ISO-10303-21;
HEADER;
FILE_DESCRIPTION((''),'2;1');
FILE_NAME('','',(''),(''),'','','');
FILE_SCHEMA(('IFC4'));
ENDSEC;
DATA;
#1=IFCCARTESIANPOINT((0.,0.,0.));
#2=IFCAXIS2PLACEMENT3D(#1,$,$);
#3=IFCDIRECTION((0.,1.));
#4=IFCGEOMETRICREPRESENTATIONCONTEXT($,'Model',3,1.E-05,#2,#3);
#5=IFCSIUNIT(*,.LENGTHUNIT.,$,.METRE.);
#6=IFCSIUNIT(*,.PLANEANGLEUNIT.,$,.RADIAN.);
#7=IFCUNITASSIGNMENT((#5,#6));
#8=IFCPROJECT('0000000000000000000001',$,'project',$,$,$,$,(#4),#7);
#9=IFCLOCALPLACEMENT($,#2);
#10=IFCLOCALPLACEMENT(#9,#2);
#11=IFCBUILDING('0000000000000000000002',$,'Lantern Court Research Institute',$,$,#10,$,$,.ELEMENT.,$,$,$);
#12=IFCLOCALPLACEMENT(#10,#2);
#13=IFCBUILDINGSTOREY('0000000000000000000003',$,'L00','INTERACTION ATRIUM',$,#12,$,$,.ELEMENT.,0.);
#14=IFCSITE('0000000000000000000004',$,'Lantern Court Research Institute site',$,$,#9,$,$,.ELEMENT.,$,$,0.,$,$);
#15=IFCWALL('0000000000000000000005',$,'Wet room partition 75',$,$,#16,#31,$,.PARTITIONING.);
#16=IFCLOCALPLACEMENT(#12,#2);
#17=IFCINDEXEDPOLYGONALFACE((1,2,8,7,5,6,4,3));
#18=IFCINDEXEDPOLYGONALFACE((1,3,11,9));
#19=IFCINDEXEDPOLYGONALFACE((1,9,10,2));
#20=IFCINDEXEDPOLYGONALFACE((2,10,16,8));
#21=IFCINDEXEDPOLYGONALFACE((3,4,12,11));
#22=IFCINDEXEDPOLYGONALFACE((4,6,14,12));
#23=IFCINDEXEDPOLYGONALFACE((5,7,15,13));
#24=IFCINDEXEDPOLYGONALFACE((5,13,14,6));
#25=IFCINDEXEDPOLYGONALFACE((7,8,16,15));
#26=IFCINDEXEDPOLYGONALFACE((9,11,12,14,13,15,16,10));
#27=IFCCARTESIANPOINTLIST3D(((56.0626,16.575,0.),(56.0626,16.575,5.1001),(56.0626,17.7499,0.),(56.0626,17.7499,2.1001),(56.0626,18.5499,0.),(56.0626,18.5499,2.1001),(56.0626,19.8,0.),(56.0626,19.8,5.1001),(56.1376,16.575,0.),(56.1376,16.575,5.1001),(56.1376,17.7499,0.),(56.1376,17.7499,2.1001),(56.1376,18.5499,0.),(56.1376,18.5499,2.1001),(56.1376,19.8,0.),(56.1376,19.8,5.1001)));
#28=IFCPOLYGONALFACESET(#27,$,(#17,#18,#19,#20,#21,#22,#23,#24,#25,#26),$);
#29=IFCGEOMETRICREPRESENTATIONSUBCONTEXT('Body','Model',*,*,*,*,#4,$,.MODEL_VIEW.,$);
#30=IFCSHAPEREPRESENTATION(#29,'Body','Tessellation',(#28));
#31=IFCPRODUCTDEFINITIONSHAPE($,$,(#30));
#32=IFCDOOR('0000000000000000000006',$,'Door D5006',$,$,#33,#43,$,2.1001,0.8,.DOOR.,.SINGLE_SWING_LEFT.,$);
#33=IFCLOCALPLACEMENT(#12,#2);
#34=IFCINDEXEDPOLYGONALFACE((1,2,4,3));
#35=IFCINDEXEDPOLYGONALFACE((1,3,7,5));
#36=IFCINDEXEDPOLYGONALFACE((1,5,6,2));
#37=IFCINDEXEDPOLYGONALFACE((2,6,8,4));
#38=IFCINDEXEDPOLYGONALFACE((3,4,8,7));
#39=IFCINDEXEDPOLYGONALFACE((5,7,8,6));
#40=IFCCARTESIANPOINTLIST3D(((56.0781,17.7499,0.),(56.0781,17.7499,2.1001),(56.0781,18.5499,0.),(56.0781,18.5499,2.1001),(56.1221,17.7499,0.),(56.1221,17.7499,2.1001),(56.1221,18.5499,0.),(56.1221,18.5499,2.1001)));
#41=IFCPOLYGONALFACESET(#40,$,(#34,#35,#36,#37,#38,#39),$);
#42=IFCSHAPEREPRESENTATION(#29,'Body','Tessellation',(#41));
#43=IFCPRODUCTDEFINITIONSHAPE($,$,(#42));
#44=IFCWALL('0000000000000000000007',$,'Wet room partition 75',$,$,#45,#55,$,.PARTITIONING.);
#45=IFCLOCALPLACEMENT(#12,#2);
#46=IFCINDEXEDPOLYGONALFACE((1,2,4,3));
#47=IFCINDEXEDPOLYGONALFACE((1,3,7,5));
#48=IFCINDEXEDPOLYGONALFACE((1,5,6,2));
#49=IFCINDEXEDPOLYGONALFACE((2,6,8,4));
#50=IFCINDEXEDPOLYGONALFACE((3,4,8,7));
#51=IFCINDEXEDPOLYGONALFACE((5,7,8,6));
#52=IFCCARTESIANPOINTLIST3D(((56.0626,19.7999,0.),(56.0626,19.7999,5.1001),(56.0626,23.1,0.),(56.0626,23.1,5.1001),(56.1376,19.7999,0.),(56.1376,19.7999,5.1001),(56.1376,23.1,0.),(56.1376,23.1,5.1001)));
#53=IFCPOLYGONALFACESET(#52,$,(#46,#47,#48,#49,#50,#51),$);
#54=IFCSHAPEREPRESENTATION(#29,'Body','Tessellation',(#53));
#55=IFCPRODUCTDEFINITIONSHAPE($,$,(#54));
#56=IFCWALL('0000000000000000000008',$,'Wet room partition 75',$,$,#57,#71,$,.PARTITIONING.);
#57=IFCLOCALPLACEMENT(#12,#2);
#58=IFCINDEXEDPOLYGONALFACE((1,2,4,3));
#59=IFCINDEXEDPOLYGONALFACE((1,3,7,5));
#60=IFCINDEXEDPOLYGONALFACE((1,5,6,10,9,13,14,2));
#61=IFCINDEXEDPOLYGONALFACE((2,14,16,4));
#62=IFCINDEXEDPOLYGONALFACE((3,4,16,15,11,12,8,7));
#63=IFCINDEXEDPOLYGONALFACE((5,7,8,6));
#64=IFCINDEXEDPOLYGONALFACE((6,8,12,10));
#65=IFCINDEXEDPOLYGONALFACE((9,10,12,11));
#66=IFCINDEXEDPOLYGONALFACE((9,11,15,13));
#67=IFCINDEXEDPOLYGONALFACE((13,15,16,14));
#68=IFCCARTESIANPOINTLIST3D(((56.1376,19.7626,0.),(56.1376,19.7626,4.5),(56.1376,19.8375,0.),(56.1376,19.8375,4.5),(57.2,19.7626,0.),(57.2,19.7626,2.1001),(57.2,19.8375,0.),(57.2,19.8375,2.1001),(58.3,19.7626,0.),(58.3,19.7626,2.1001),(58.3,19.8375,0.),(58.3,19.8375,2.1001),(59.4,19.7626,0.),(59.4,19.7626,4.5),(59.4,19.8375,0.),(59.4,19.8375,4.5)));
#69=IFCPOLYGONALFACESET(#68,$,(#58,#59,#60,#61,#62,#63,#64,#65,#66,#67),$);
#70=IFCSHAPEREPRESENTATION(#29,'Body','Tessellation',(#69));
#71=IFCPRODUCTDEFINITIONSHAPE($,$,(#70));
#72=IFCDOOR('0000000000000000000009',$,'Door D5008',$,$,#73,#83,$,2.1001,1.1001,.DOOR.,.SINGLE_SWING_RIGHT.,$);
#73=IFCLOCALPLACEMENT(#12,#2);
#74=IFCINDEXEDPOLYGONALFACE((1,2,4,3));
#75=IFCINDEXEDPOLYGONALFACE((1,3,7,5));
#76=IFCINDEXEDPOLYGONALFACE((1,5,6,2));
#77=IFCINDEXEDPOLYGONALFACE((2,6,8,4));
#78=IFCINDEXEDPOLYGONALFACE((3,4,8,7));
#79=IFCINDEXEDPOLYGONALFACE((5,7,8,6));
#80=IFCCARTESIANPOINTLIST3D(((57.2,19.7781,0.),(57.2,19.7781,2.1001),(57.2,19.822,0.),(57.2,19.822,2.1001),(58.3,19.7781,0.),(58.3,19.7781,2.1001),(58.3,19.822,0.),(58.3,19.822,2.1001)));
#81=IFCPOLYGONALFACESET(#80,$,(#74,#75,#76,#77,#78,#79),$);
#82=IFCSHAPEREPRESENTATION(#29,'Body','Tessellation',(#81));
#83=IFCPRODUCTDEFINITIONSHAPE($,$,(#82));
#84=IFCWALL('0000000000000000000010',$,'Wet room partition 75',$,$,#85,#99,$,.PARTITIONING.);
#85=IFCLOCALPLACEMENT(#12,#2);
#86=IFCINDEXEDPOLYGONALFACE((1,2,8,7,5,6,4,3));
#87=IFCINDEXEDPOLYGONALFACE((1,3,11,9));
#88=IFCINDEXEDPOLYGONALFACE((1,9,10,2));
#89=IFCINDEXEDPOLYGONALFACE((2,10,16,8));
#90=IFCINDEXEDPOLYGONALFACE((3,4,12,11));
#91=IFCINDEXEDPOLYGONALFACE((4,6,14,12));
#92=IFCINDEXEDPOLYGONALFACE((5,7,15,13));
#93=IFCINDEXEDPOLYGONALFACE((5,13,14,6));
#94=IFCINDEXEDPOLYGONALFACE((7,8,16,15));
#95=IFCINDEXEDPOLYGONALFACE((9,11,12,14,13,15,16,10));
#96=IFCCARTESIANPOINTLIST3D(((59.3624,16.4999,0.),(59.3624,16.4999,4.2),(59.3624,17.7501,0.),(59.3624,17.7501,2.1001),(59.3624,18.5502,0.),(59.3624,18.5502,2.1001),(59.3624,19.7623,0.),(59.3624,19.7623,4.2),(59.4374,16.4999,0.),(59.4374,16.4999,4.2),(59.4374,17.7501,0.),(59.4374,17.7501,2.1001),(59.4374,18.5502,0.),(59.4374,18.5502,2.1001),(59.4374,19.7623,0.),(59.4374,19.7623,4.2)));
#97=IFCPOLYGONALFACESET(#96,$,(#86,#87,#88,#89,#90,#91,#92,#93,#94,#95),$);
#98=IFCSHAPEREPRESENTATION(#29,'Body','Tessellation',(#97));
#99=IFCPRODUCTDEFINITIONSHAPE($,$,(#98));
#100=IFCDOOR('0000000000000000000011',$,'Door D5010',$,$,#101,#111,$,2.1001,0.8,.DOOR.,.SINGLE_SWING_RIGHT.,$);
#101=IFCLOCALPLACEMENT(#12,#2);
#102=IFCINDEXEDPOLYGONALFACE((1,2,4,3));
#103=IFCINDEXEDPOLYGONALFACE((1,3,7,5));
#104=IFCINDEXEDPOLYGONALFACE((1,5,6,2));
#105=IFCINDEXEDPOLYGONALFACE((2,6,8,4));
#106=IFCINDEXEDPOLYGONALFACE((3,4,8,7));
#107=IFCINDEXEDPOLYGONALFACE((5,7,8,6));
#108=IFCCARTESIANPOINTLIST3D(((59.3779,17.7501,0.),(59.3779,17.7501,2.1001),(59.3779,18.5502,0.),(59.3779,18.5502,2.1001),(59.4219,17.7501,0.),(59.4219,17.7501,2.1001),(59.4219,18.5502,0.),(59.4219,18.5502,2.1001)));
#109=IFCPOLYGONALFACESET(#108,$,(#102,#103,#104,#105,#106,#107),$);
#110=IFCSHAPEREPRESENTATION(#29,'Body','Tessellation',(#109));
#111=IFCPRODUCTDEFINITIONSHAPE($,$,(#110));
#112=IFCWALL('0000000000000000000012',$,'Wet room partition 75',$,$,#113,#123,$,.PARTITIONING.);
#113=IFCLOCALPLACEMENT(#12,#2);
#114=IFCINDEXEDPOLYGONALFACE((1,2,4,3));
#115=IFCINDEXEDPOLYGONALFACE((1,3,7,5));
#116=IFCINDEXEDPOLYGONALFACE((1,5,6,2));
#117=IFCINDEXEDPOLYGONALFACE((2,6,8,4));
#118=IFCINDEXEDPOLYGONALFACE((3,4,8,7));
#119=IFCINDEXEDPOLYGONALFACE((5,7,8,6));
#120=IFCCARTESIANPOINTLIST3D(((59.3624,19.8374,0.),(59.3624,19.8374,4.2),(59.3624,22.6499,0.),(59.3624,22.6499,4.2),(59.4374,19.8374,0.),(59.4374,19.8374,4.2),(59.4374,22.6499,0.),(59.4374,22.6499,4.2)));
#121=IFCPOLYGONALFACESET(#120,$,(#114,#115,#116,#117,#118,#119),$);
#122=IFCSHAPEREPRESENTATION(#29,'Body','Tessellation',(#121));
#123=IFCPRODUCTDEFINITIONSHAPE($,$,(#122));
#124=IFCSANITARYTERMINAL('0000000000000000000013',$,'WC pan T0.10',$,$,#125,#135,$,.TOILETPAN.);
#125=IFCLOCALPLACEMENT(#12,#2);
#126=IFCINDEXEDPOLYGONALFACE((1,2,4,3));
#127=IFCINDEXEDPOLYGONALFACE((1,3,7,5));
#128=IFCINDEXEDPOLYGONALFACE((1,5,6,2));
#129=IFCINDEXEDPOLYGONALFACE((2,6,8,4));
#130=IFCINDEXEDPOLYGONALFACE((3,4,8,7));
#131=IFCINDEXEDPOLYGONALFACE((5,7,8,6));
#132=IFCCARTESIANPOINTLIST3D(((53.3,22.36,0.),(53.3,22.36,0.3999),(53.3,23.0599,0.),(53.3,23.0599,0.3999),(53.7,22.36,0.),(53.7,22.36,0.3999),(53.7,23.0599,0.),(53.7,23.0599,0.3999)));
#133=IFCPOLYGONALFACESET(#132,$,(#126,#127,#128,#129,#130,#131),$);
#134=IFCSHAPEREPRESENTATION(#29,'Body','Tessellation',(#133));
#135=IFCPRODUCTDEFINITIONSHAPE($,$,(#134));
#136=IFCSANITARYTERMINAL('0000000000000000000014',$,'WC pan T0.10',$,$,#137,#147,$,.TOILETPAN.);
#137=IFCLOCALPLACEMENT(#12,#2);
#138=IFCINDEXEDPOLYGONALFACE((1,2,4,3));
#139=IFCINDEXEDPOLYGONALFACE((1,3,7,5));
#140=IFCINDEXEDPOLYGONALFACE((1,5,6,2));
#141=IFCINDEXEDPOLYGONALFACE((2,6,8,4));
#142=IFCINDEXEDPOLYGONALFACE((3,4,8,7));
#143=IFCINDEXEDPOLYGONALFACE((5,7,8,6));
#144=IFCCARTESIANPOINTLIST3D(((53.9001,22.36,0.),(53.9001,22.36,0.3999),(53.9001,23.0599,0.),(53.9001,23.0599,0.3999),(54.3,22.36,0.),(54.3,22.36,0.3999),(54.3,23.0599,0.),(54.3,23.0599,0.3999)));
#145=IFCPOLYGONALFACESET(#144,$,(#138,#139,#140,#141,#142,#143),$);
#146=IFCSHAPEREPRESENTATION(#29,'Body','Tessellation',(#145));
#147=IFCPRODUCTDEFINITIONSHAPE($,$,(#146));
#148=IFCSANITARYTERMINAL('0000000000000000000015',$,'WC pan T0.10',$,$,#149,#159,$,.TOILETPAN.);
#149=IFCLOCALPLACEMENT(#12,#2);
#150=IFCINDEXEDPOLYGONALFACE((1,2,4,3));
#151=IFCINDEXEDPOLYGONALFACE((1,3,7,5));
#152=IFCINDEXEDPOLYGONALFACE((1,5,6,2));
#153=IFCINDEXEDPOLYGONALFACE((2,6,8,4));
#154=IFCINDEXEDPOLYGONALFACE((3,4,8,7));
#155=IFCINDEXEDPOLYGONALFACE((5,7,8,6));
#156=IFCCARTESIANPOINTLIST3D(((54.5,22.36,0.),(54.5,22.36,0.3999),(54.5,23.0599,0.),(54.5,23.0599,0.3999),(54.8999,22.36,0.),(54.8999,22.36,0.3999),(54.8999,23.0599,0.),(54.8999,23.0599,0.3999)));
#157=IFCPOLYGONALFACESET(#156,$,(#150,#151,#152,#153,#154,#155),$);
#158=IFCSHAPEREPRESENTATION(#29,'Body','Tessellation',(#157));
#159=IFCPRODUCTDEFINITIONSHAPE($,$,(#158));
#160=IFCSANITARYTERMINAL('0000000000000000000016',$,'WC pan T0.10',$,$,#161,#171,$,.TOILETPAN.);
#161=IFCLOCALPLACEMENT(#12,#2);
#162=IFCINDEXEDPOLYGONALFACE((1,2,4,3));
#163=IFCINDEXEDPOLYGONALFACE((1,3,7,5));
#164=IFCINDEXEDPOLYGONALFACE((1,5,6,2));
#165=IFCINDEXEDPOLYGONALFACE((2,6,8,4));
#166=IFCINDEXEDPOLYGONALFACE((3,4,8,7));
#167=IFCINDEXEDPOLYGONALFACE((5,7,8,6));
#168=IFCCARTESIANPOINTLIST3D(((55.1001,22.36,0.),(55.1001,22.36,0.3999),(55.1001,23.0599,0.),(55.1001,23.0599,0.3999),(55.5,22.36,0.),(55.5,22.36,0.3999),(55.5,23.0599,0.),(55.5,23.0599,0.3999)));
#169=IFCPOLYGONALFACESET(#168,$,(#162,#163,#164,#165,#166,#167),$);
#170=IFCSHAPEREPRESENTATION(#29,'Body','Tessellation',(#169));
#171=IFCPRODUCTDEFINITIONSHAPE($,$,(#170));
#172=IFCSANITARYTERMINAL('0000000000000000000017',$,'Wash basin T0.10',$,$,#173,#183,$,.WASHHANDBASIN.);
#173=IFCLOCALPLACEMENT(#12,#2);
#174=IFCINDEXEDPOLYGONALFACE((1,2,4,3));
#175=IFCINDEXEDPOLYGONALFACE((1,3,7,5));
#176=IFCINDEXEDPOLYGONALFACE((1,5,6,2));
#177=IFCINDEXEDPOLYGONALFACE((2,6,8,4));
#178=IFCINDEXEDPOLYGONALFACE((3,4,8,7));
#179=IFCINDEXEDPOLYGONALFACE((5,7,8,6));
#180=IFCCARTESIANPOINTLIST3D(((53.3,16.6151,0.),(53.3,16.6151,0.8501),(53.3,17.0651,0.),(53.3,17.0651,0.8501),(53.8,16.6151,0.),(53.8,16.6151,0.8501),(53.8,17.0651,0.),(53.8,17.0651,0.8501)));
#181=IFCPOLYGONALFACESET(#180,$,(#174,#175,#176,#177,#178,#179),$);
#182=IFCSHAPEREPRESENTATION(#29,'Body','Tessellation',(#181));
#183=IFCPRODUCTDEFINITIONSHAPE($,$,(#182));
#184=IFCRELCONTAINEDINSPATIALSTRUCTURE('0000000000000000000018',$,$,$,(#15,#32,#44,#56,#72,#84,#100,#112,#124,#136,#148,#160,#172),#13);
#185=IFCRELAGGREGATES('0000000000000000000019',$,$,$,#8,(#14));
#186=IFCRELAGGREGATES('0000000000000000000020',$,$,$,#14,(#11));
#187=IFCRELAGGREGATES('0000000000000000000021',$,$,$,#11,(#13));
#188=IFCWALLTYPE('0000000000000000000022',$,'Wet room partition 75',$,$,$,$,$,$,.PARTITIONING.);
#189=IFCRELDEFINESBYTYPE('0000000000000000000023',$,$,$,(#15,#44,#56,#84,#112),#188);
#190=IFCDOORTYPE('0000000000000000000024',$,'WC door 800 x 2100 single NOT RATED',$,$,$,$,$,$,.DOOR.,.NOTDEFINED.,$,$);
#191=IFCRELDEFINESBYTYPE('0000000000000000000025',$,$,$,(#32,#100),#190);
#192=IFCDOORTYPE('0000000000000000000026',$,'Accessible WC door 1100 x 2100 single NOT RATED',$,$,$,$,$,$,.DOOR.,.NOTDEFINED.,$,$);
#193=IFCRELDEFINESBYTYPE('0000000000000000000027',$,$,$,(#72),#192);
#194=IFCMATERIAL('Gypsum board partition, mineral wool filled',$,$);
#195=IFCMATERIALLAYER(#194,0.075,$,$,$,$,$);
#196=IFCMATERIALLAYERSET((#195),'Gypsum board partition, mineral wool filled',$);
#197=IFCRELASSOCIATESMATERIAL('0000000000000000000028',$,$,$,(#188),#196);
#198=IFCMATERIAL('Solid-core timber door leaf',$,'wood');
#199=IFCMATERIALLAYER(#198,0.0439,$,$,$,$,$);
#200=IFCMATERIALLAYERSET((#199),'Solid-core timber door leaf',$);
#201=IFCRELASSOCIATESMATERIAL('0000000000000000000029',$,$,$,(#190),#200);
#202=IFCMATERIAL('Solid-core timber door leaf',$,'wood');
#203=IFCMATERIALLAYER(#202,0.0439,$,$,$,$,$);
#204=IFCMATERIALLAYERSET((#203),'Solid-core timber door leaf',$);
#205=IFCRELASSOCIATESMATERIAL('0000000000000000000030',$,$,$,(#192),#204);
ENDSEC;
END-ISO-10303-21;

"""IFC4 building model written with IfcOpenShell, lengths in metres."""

from ifc_helpers import new_model, si_unit, direction, frame, frame_2d, origin, origin_2d, place, context, subcontext, project, spatial, rectangle, extrude, material, layer, layer_set, type_object, element, fill, save


model = new_model("IFC4")

# Units and contexts
model_context = context("Model", 3, precision=1e-05, world=origin(), true_north=direction((0.0, 1.0)))
body_context = subcontext(model_context, "Body", "Model", "MODEL_VIEW")
ifc_project = project(units=[si_unit("LENGTHUNIT", "METRE"), si_unit("PLANEANGLEUNIT", "RADIAN")], contexts=[model_context])

# Site, building, storey
site_placement = place(None, origin())
site = spatial("IfcSite", under=ifc_project, at=site_placement, Name="Lantern Court Research Institute site", CompositionType="ELEMENT", RefElevation=0.0)
building_placement = place(site_placement, origin())
building = spatial("IfcBuilding", under=site, at=building_placement, Name="Lantern Court Research Institute", CompositionType="ELEMENT")
storey_placement = place(building_placement, origin())
storey = spatial("IfcBuildingStorey", under=building, at=storey_placement, Name="L00", Description="INTERACTION ATRIUM", CompositionType="ELEMENT", Elevation=0.0)

# Wall, opening, door
ifc_material_1 = material(Name="Gypsum board partition, mineral wool filled")
ifc_layer_1 = layer(ifc_material_1, 0.075)
ifc_layer_set_1 = layer_set([ifc_layer_1], Name="Gypsum board partition, mineral wool filled")
wall_type_1 = type_object("IfcWallType", Name="Wet room partition 75", PredefinedType="PARTITIONING", material=ifc_layer_set_1)
wall_1_placement = place(storey_placement, frame((56.1001, 16.575, 0.0), z_axis=(0.0, 0.0, 1.0), x_axis=(0.0, 1.0, 0.0)))
wall_1 = element("IfcWall", 1, at=wall_1_placement, inside=storey, type_object=wall_type_1, Name="Wet room partition 75", PredefinedType="PARTITIONING", context=body_context, shape_type="SweptSolid", body=[
    extrude(rectangle(XDim=3.2251, YDim=0.075, at=frame_2d((1.6125, 0.0))), origin(), (0.0, 0.0, 1.0), 5.1001),
])
opening_1_placement = place(wall_1_placement, frame((1.175, 0.0, 0.0)))
opening_1 = element("IfcOpeningElement", 2, at=opening_1_placement, cuts=wall_1, PredefinedType="OPENING", context=body_context, shape_type="SweptSolid", body=[
    extrude(rectangle(XDim=0.8, YDim=2.1001, at=frame_2d((0.3999, 1.05))), frame((0.0, 0.0474, 0.0), z_axis=(0.0, -1.0, 0.0), x_axis=(1.0, 0.0, 0.0)), (0.0, 0.0, 1.0), 0.095),
])
ifc_material_2 = material(Name="Solid-core timber door leaf", Category="wood")
ifc_layer_2 = layer(ifc_material_2, 0.0439)
ifc_layer_set_2 = layer_set([ifc_layer_2], Name="Solid-core timber door leaf")
door_type_1 = type_object("IfcDoorType", Name="WC door 800 x 2100 single NOT RATED", OperationType="NOTDEFINED", PredefinedType="DOOR", material=ifc_layer_set_2)
door_1_placement = place(opening_1_placement, origin())
door_1 = element("IfcDoor", 3, at=door_1_placement, inside=storey, type_object=door_type_1, Name="Door D5006", OperationType="SINGLE_SWING_LEFT", OverallHeight=2.1001, OverallWidth=0.8, PredefinedType="DOOR", context=body_context, shape_type="SweptSolid", body=[
    extrude(rectangle(XDim=0.8, YDim=2.1001, at=frame_2d((0.3999, 1.05))), frame((0.0, 0.022, 0.0), z_axis=(0.0, -1.0, 0.0), x_axis=(1.0, 0.0, 0.0)), (0.0, 0.0, 1.0), 0.0439),
])
fill(opening_1, door_1)

# Wall
wall_2_placement = place(storey_placement, frame((56.1001, 19.8, 0.0), z_axis=(0.0, 0.0, 1.0), x_axis=(0.0, 1.0, 0.0)))
element("IfcWall", 4, at=wall_2_placement, inside=storey, type_object=wall_type_1, Name="Wet room partition 75", PredefinedType="PARTITIONING", context=body_context, shape_type="SweptSolid", body=[
    extrude(rectangle(XDim=3.3, YDim=0.075, at=frame_2d((1.6499, 0.0))), origin(), (0.0, 0.0, 1.0), 5.1001),
])

# Walls, openings, doors
wall_3_placement = place(storey_placement, frame((56.1375, 19.8, 0.0), z_axis=(0.0, 0.0, 1.0), x_axis=(1.0, 0.0, 0.0)))
wall_3 = element("IfcWall", 5, at=wall_3_placement, inside=storey, type_object=wall_type_1, Name="Wet room partition 75", PredefinedType="PARTITIONING", context=body_context, shape_type="SweptSolid", body=[
    extrude(rectangle(XDim=3.2625, YDim=0.075, at=frame_2d((1.6313, 0.0))), origin(), (0.0, 0.0, 1.0), 4.5),
])
opening_2_placement = place(wall_3_placement, frame((1.0625, 0.0, 0.0)))
opening_2 = element("IfcOpeningElement", 6, at=opening_2_placement, cuts=wall_3, PredefinedType="OPENING", context=body_context, shape_type="SweptSolid", body=[
    extrude(rectangle(XDim=1.1001, YDim=2.1001, at=frame_2d((0.55, 1.05))), frame((0.0, 0.0474, 0.0), z_axis=(0.0, -1.0, 0.0), x_axis=(1.0, 0.0, 0.0)), (0.0, 0.0, 1.0), 0.095),
])
ifc_material_3 = material(Name="Solid-core timber door leaf", Category="wood")
ifc_layer_3 = layer(ifc_material_3, 0.0439)
ifc_layer_set_3 = layer_set([ifc_layer_3], Name="Solid-core timber door leaf")
door_type_2 = type_object("IfcDoorType", Name="Accessible WC door 1100 x 2100 single NOT RATED", OperationType="NOTDEFINED", PredefinedType="DOOR", material=ifc_layer_set_3)
door_2_placement = place(opening_2_placement, origin())
door_2 = element("IfcDoor", 7, at=door_2_placement, inside=storey, type_object=door_type_2, Name="Door D5008", OperationType="SINGLE_SWING_RIGHT", OverallHeight=2.1001, OverallWidth=1.1001, PredefinedType="DOOR", context=body_context, shape_type="SweptSolid", body=[
    extrude(rectangle(XDim=1.1001, YDim=2.1001, at=frame_2d((0.55, 1.05))), frame((0.0, 0.022, 0.0), z_axis=(0.0, -1.0, 0.0), x_axis=(1.0, 0.0, 0.0)), (0.0, 0.0, 1.0), 0.0439),
])
fill(opening_2, door_2)
wall_4_placement = place(storey_placement, frame((59.3999, 19.7625, 0.0), z_axis=(0.0, 0.0, 1.0), x_axis=(0.0, -1.0, 0.0)))
wall_4 = element("IfcWall", 8, at=wall_4_placement, inside=storey, type_object=wall_type_1, Name="Wet room partition 75", PredefinedType="PARTITIONING", context=body_context, shape_type="SweptSolid", body=[
    extrude(rectangle(XDim=3.2625, YDim=0.075, at=frame_2d((1.6313, 0.0))), origin(), (0.0, 0.0, 1.0), 4.2),
])
opening_3_placement = place(wall_4_placement, frame((1.2124, 0.0, 0.0)))
opening_3 = element("IfcOpeningElement", 9, at=opening_3_placement, cuts=wall_4, PredefinedType="OPENING", context=body_context, shape_type="SweptSolid", body=[
    extrude(rectangle(XDim=0.8, YDim=2.1001, at=frame_2d((0.3999, 1.05))), frame((0.0, 0.0474, 0.0), z_axis=(0.0, -1.0, 0.0), x_axis=(1.0, 0.0, 0.0)), (0.0, 0.0, 1.0), 0.095),
])
door_3_placement = place(opening_3_placement, origin())
door_3 = element("IfcDoor", 10, at=door_3_placement, inside=storey, type_object=door_type_1, Name="Door D5010", OperationType="SINGLE_SWING_RIGHT", OverallHeight=2.1001, OverallWidth=0.8, PredefinedType="DOOR", context=body_context, shape_type="SweptSolid", body=[
    extrude(rectangle(XDim=0.8, YDim=2.1001, at=frame_2d((0.3999, 1.05))), frame((0.0, 0.022, 0.0), z_axis=(0.0, -1.0, 0.0), x_axis=(1.0, 0.0, 0.0)), (0.0, 0.0, 1.0), 0.0439),
])
fill(opening_3, door_3)

# Wall
wall_5_placement = place(storey_placement, frame((59.3999, 19.8374, 0.0), z_axis=(0.0, 0.0, 1.0), x_axis=(0.0, 1.0, 0.0)))
element("IfcWall", 11, at=wall_5_placement, inside=storey, type_object=wall_type_1, Name="Wet room partition 75", PredefinedType="PARTITIONING", context=body_context, shape_type="SweptSolid", body=[
    extrude(rectangle(XDim=2.8125, YDim=0.075, at=frame_2d((1.4062, 0.0))), origin(), (0.0, 0.0, 1.0), 4.2),
])

# Sanitary terminals
for number, where, z_axis, x_axis, name in (
    (12, (53.5, 22.71, 0.0), (0.0, 0.0, 1.0), (1.0, 0.0, 0.0), "WC pan T0.10"),
    (13, (54.1001, 22.71, 0.0), (0.0, 0.0, 1.0), (1.0, 0.0, 0.0), "WC pan T0.10"),
    (14, (54.7, 22.71, 0.0), (0.0, 0.0, 1.0), (1.0, 0.0, 0.0), "WC pan T0.10"),
    (15, (55.3, 22.71, 0.0), (0.0, 0.0, 1.0), (1.0, 0.0, 0.0), "WC pan T0.10"),
):
    element("IfcSanitaryTerminal", number, at=place(storey_placement, frame(where, z_axis=z_axis, x_axis=x_axis)), inside=storey, Name=name, PredefinedType="TOILETPAN", context=body_context, shape_type="SweptSolid", body=[
        extrude(rectangle(XDim=0.3999, YDim=0.7, at=origin_2d()), origin(), (0.0, 0.0, 1.0), 0.3999),
    ])
for number, where, z_axis, x_axis, name in (
    (16, (53.55, 16.8401, 0.0), (0.0, 0.0, 1.0), (1.0, 0.0, 0.0), "Wash basin T0.10"),
):
    element("IfcSanitaryTerminal", number, at=place(storey_placement, frame(where, z_axis=z_axis, x_axis=x_axis)), inside=storey, Name=name, PredefinedType="WASHHANDBASIN", context=body_context, shape_type="SweptSolid", body=[
        extrude(rectangle(XDim=0.5, YDim=0.45, at=origin_2d()), origin(), (0.0, 0.0, 1.0), 0.8501),
    ])

save(model, "model.ifc")
